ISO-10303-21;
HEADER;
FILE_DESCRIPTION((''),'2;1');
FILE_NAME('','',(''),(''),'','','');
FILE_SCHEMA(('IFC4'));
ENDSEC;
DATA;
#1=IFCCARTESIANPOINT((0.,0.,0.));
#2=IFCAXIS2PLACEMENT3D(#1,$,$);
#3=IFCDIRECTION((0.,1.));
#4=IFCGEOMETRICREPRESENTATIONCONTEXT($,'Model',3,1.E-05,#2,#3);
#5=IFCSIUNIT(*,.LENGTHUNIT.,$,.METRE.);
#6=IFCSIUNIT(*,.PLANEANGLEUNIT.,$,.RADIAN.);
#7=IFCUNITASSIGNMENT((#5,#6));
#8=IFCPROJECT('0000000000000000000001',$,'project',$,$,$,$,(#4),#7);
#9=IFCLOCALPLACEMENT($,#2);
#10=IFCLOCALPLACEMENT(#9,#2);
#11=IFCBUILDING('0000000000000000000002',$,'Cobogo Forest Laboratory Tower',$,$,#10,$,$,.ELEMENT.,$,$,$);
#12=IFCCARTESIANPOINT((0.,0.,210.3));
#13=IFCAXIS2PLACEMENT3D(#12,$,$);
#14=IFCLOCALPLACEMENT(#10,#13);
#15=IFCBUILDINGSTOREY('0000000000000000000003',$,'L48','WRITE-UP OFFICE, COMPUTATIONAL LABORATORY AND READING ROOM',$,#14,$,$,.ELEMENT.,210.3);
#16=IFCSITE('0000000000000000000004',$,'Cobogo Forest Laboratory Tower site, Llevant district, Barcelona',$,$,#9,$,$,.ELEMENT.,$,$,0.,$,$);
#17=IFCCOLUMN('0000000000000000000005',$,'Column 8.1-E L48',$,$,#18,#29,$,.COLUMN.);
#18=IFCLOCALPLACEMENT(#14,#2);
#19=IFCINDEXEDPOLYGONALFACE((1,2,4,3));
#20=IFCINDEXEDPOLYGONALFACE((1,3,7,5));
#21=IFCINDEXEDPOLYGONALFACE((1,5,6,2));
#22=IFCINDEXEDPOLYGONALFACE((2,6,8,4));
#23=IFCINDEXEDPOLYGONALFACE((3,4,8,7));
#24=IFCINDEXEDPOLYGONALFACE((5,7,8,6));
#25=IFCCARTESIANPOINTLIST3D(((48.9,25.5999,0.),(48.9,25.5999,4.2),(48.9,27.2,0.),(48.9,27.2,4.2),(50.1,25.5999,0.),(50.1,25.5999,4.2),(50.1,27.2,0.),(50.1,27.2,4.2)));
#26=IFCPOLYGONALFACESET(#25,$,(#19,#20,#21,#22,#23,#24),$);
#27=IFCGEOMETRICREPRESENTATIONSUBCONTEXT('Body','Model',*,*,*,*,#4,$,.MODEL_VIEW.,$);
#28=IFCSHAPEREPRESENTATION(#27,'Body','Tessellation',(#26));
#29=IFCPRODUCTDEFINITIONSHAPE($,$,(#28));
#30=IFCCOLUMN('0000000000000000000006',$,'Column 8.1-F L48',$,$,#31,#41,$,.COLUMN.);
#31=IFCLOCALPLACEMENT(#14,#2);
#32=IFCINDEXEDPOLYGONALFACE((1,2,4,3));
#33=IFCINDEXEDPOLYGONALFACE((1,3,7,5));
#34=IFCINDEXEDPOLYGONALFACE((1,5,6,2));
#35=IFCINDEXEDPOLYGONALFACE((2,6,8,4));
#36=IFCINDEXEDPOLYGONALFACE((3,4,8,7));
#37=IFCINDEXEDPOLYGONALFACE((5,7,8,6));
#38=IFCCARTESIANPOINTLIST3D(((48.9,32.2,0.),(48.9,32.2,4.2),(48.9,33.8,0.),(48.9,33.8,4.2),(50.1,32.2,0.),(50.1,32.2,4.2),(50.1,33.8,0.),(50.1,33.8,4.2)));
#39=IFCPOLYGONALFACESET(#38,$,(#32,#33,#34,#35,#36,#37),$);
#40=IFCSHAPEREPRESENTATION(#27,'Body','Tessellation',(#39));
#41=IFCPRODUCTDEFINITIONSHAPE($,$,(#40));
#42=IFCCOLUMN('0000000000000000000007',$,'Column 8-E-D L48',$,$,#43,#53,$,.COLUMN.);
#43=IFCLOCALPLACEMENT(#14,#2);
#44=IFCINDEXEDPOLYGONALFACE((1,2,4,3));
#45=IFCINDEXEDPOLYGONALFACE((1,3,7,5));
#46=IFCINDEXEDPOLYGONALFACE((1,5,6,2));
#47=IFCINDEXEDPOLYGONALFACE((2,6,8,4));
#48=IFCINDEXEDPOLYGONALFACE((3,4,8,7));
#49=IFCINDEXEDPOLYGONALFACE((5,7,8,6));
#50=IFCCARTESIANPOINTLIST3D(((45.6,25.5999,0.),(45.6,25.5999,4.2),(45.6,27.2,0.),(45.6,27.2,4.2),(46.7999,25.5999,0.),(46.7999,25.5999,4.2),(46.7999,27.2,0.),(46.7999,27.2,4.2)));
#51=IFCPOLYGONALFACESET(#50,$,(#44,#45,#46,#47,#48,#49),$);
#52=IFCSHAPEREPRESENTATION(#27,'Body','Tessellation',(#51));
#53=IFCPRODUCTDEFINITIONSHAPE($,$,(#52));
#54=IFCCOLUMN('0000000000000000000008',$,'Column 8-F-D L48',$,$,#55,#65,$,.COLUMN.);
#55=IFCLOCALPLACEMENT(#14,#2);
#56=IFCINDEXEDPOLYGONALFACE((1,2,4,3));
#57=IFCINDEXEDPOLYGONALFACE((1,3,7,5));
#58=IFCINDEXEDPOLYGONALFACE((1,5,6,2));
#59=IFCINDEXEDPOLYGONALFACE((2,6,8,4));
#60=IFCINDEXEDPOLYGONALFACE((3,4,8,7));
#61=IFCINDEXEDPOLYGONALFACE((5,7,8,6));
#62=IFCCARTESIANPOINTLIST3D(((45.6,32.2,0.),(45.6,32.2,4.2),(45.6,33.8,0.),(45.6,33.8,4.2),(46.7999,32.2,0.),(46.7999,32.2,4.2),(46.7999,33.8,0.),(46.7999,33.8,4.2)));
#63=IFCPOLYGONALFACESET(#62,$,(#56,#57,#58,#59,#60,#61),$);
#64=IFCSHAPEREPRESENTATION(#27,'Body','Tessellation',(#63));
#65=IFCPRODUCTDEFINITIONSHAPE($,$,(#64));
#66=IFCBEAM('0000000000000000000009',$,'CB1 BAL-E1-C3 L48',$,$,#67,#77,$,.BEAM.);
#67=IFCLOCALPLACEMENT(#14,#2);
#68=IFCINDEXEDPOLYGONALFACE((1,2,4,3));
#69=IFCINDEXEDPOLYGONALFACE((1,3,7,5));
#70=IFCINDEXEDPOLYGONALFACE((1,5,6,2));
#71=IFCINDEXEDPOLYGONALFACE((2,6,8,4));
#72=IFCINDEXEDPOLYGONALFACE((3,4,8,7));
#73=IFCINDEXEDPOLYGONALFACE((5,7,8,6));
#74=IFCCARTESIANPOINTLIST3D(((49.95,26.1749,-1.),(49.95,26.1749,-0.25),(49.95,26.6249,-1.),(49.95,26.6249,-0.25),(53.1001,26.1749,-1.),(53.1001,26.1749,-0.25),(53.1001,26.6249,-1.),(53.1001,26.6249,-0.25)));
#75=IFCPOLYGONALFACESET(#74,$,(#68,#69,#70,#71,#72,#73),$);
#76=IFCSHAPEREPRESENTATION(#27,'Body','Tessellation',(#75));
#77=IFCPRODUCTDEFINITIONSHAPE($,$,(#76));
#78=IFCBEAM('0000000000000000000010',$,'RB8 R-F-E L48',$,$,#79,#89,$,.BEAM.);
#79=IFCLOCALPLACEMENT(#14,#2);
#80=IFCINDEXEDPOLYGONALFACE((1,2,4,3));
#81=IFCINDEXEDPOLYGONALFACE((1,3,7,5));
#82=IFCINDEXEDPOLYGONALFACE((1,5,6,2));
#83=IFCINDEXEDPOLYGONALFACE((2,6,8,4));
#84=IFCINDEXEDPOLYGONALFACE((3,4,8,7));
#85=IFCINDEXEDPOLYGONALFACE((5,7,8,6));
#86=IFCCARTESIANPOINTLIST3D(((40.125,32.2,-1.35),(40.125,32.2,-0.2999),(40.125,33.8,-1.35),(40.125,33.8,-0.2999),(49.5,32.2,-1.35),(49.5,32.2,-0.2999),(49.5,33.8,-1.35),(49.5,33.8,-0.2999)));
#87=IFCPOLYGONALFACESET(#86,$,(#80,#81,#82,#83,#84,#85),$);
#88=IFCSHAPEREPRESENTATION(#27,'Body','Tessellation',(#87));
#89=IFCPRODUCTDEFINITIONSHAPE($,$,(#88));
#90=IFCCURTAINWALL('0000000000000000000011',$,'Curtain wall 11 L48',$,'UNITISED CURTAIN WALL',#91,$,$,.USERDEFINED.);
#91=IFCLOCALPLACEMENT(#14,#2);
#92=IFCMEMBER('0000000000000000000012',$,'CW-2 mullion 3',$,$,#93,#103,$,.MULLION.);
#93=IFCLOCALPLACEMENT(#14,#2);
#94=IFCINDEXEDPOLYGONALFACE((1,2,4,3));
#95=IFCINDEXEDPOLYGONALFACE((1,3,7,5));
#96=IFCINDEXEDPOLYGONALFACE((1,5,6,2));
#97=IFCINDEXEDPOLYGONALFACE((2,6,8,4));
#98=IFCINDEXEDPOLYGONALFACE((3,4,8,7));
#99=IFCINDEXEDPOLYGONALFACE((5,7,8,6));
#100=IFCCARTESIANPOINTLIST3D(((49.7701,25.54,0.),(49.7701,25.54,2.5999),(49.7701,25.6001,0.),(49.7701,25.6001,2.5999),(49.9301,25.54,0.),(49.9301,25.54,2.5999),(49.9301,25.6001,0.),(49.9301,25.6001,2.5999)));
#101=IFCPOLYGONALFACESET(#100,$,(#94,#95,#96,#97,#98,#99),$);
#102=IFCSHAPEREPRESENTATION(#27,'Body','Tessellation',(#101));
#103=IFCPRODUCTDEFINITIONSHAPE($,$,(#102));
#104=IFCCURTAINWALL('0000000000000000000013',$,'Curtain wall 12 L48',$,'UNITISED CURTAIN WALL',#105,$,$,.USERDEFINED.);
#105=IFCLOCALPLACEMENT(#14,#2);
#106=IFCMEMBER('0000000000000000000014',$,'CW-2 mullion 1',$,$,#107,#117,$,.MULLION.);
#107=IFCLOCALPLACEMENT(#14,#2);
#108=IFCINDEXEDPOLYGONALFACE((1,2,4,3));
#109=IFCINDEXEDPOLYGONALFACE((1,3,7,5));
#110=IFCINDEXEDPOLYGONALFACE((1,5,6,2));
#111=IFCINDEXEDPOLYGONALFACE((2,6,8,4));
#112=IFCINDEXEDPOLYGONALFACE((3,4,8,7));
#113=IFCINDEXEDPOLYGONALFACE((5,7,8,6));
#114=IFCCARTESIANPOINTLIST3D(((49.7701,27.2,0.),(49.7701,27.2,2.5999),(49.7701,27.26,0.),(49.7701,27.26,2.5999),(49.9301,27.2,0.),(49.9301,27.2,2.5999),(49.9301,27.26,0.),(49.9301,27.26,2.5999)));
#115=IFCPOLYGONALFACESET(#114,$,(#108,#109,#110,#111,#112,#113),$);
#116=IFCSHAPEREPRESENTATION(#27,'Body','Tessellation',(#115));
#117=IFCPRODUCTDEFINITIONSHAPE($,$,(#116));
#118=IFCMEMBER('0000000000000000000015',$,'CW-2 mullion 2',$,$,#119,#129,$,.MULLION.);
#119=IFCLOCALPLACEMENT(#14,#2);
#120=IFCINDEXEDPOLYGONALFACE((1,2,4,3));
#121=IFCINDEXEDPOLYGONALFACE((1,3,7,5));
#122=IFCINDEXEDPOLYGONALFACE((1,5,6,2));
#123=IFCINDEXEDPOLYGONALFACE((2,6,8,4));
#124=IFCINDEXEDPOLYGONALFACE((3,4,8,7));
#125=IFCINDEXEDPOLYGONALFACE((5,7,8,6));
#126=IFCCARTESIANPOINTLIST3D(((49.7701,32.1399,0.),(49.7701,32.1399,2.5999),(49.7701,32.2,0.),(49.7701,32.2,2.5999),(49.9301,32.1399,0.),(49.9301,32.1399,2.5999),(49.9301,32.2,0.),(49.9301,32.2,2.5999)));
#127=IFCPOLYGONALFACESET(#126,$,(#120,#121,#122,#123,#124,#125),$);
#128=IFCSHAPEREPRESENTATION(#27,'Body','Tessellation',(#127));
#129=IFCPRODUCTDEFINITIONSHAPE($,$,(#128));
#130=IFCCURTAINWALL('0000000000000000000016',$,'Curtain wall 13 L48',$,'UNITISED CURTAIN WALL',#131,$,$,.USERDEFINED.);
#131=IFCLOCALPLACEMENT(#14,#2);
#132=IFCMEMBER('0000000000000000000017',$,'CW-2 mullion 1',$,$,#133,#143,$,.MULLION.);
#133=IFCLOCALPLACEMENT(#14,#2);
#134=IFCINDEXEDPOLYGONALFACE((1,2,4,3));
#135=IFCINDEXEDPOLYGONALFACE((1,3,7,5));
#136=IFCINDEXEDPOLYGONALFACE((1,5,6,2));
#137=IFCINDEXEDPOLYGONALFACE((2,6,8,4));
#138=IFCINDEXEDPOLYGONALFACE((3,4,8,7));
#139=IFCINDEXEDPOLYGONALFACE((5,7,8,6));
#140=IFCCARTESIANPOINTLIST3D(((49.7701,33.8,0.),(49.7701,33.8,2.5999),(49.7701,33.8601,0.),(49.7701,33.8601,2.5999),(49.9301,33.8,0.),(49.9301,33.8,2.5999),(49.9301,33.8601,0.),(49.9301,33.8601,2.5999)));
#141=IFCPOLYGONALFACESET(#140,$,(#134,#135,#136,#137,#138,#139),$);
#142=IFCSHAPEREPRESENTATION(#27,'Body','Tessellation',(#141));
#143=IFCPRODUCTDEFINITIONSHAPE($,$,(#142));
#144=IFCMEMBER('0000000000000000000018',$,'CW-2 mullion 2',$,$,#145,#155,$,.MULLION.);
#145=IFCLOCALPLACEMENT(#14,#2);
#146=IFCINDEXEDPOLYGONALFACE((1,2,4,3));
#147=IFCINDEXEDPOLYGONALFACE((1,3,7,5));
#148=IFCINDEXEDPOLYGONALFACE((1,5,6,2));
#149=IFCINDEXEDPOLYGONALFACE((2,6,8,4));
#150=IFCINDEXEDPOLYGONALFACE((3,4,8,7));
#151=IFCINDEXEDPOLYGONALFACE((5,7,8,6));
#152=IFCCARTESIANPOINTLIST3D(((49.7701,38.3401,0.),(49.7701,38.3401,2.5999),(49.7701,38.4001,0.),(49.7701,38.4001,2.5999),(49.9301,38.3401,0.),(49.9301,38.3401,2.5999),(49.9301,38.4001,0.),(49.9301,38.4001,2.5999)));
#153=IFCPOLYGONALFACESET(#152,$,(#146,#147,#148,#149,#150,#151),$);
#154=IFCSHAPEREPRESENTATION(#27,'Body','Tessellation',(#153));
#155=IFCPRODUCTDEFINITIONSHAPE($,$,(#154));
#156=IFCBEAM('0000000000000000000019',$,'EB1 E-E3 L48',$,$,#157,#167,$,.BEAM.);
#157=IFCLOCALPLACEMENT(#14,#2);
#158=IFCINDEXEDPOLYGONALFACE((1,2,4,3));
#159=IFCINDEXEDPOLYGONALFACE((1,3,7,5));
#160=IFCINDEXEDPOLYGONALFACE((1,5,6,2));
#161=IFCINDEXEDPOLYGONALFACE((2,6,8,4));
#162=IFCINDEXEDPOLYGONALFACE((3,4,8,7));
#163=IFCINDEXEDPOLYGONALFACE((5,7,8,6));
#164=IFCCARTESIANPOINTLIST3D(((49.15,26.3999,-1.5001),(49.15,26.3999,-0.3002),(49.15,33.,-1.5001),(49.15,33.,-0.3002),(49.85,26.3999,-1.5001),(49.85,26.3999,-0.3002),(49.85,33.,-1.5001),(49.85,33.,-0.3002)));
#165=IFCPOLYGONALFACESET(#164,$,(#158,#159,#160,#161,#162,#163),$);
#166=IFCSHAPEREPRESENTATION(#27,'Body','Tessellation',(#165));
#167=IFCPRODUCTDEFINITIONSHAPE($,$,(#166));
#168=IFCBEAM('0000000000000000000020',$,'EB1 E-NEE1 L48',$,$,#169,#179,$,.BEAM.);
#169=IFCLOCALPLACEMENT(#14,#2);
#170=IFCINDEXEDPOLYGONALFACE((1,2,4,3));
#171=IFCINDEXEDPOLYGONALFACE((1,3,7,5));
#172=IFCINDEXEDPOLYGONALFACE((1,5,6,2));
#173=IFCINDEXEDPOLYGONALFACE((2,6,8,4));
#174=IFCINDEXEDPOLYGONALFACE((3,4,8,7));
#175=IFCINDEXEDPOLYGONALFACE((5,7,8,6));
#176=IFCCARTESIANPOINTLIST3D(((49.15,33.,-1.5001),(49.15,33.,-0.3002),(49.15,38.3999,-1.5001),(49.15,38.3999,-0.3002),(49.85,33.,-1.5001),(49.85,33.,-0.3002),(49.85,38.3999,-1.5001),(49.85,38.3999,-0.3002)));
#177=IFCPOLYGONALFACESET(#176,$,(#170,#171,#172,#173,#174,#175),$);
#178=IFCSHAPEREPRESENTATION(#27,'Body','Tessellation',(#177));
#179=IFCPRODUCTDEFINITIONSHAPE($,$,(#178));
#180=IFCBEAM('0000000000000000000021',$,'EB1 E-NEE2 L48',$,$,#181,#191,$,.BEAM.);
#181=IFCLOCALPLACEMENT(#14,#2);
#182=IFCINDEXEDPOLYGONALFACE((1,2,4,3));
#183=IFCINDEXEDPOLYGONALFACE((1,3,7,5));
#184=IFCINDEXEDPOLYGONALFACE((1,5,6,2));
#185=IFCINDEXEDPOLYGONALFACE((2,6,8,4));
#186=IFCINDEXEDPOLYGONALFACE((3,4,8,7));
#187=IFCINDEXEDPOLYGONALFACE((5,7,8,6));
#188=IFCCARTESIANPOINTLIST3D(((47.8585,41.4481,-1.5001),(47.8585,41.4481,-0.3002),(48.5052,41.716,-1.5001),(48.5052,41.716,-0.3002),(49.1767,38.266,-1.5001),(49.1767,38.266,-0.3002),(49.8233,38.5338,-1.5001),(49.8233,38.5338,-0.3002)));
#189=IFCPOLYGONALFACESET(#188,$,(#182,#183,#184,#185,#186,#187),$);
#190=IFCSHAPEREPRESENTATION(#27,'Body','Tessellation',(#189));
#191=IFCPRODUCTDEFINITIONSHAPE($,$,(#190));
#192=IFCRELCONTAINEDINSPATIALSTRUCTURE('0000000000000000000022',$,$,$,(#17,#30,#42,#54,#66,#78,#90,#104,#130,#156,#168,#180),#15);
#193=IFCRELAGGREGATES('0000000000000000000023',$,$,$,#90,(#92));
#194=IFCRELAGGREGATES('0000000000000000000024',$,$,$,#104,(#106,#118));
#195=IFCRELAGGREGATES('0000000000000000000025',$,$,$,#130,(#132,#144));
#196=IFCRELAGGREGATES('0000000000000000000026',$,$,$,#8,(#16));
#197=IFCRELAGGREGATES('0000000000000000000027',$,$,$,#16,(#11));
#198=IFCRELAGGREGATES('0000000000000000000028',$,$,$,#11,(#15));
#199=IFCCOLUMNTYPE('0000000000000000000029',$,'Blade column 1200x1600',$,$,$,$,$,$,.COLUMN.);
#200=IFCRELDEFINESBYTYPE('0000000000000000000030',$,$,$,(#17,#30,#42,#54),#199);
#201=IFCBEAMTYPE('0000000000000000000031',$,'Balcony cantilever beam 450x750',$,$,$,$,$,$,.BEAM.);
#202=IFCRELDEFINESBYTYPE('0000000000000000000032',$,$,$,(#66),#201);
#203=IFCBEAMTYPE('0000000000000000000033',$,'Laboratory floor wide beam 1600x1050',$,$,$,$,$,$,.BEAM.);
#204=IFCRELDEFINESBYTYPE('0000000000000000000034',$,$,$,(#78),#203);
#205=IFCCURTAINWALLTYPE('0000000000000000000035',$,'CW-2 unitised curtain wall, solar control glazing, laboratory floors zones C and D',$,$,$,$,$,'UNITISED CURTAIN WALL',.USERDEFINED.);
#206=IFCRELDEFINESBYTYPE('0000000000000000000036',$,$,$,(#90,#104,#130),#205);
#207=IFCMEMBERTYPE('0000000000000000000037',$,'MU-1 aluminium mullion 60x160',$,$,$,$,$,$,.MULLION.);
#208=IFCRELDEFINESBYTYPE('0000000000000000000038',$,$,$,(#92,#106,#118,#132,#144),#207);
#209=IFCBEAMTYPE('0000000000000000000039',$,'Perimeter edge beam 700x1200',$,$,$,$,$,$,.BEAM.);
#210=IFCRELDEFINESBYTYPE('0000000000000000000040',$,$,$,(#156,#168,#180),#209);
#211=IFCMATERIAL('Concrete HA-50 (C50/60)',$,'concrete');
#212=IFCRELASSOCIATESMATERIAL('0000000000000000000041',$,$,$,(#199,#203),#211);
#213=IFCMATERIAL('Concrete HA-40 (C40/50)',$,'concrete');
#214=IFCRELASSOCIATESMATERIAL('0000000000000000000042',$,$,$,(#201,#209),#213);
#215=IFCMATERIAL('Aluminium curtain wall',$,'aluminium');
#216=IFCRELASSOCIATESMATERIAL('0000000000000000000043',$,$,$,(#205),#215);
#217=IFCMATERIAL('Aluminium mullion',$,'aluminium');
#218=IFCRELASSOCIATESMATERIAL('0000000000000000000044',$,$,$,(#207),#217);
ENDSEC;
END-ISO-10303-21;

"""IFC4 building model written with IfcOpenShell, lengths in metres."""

from ifc_helpers import new_model, si_unit, direction, frame, origin, origin_2d, place, context, subcontext, project, spatial, rectangle, extrude, material, material_profile, profile_set, type_object, element, aggregate, save


model = new_model("IFC4")

# Units and contexts
model_context = context("Model", 3, precision=1e-05, world=origin(), true_north=direction((0.0, 1.0)))
body_context = subcontext(model_context, "Body", "Model", "MODEL_VIEW")
ifc_project = project(units=[si_unit("LENGTHUNIT", "METRE"), si_unit("PLANEANGLEUNIT", "RADIAN")], contexts=[model_context])

# Site, building, storey
site_placement = place(None, origin())
site = spatial("IfcSite", under=ifc_project, at=site_placement, Name="Cobogo Forest Laboratory Tower site, Llevant district, Barcelona", CompositionType="ELEMENT", RefElevation=0.0)
building_placement = place(site_placement, origin())
building = spatial("IfcBuilding", under=site, at=building_placement, Name="Cobogo Forest Laboratory Tower", CompositionType="ELEMENT")
storey_placement = place(building_placement, frame((0.0, 0.0, 210.3)))
storey = spatial("IfcBuildingStorey", under=building, at=storey_placement, Name="L48", Description="WRITE-UP OFFICE, COMPUTATIONAL LABORATORY AND READING ROOM", CompositionType="ELEMENT", Elevation=210.3)

# Columns
ifc_material_1 = material(Name="Concrete HA-50 (C50/60)", Category="concrete")
ifc_material_profile_1 = material_profile(ifc_material_1, rectangle(XDim=1.6001, YDim=1.2, at=origin_2d()), Name="RC 1200x1600")
ifc_profile_set_1 = profile_set([ifc_material_profile_1], Name="Concrete HA-50 (C50/60)")
column_type = type_object("IfcColumnType", Name="Blade column 1200x1600", PredefinedType="COLUMN", material=ifc_profile_set_1)
for number, where, z_axis, x_axis, name in (
    (1, (49.5, 26.3999, 0.0), (0.0, 0.0, 1.0), (0.0, 1.0, 0.0), "Column 8.1-E L48"),
    (2, (49.5, 33.0, 0.0), (0.0, 0.0, 1.0), (0.0, 1.0, 0.0), "Column 8.1-F L48"),
    (3, (46.2, 26.3999, 0.0), (0.0, 0.0, 1.0), (0.0, 1.0, 0.0), "Column 8-E-D L48"),
    (4, (46.2, 33.0, 0.0), (0.0, 0.0, 1.0), (0.0, 1.0, 0.0), "Column 8-F-D L48"),
):
    element("IfcColumn", number, at=place(storey_placement, frame(where, z_axis=z_axis, x_axis=x_axis)), inside=storey, type_object=column_type, Name=name, PredefinedType="COLUMN", context=body_context, shape_type="SweptSolid", body=[
        extrude(rectangle(XDim=1.6001, YDim=1.2, at=origin_2d()), origin(), (0.0, 0.0, 1.0), 4.2),
    ])

# Beams
ifc_material_2 = material(Name="Concrete HA-40 (C40/50)", Category="concrete")
ifc_material_profile_2 = material_profile(ifc_material_2, rectangle(XDim=0.45, YDim=0.75, at=origin_2d()), Name="RC 450x750")
ifc_profile_set_2 = profile_set([ifc_material_profile_2], Name="Concrete HA-40 (C40/50)")
beam_type_1 = type_object("IfcBeamType", Name="Balcony cantilever beam 450x750", PredefinedType="BEAM", material=ifc_profile_set_2)
beam_1_placement = place(storey_placement, frame((49.95, 26.3999, -0.625), z_axis=(1.0, 0.0, 0.0), x_axis=(0.0, 1.0, 0.0)))
element("IfcBeam", 5, at=beam_1_placement, inside=storey, type_object=beam_type_1, Name="CB1 BAL-E1-C3 L48", PredefinedType="BEAM", context=body_context, shape_type="SweptSolid", body=[
    extrude(rectangle(XDim=0.45, YDim=0.75, at=origin_2d()), origin(), (0.0, 0.0, 1.0), 3.1501),
])
ifc_material_profile_3 = material_profile(ifc_material_1, rectangle(XDim=1.6001, YDim=1.05, at=origin_2d()), Name="RC 1600x1050")
ifc_profile_set_3 = profile_set([ifc_material_profile_3], Name="Concrete HA-50 (C50/60)")
beam_type_2 = type_object("IfcBeamType", Name="Laboratory floor wide beam 1600x1050", PredefinedType="BEAM", material=ifc_profile_set_3)
beam_2_placement = place(storey_placement, frame((40.125, 33.0, -0.825), z_axis=(1.0, 0.0, 0.0), x_axis=(0.0, 1.0, 0.0)))
element("IfcBeam", 6, at=beam_2_placement, inside=storey, type_object=beam_type_2, Name="RB8 R-F-E L48", PredefinedType="BEAM", context=body_context, shape_type="SweptSolid", body=[
    extrude(rectangle(XDim=1.6001, YDim=1.05, at=origin_2d()), origin(), (0.0, 0.0, 1.0), 9.375),
])

# Curtain wall, member
ifc_material_3 = material(Name="Aluminium curtain wall", Category="aluminium")
curtain_wall_type = type_object("IfcCurtainWallType", Name="CW-2 unitised curtain wall, solar control glazing, laboratory floors zones C and D", ElementType="UNITISED CURTAIN WALL", PredefinedType="USERDEFINED", material=ifc_material_3)
curtain_wall_1_placement = place(storey_placement, origin())
curtain_wall_1 = element("IfcCurtainWall", 7, at=curtain_wall_1_placement, inside=storey, type_object=curtain_wall_type, Name="Curtain wall 11 L48", ObjectType="UNITISED CURTAIN WALL", PredefinedType="USERDEFINED")
ifc_material_4 = material(Name="Aluminium mullion", Category="aluminium")
ifc_material_profile_4 = material_profile(ifc_material_4, rectangle(XDim=0.0601, YDim=0.1599, at=origin_2d()), Name="AL 60x160")
ifc_profile_set_4 = profile_set([ifc_material_profile_4], Name="Aluminium mullion")
member_type_1 = type_object("IfcMemberType", Name="MU-1 aluminium mullion 60x160", PredefinedType="MULLION", material=ifc_profile_set_4)
member_1_placement = place(storey_placement, frame((49.8501, 25.5701, 0.0), z_axis=(0.0, 0.0, 1.0), x_axis=(0.0, 1.0, 0.0)))
member_1 = element("IfcMember", 8, at=member_1_placement, type_object=member_type_1, Name="CW-2 mullion 3", PredefinedType="MULLION", context=body_context, shape_type="SweptSolid", body=[
    extrude(rectangle(XDim=0.0601, YDim=0.1599, at=origin_2d()), origin(), (0.0, 0.0, 1.0), 2.5999),
])

# Curtain walls, members
curtain_wall_2_placement = place(storey_placement, origin())
curtain_wall_2 = element("IfcCurtainWall", 9, at=curtain_wall_2_placement, inside=storey, type_object=curtain_wall_type, Name="Curtain wall 12 L48", ObjectType="UNITISED CURTAIN WALL", PredefinedType="USERDEFINED")
member_2_placement = place(storey_placement, frame((49.8501, 27.23, 0.0), z_axis=(0.0, 0.0, 1.0), x_axis=(0.0, 1.0, 0.0)))
member_2 = element("IfcMember", 10, at=member_2_placement, type_object=member_type_1, Name="CW-2 mullion 1", PredefinedType="MULLION", context=body_context, shape_type="SweptSolid", body=[
    extrude(rectangle(XDim=0.0601, YDim=0.1599, at=origin_2d()), origin(), (0.0, 0.0, 1.0), 2.5999),
])
member_3_placement = place(storey_placement, frame((49.8501, 32.1699, 0.0), z_axis=(0.0, 0.0, 1.0), x_axis=(0.0, 1.0, 0.0)))
member_3 = element("IfcMember", 11, at=member_3_placement, type_object=member_type_1, Name="CW-2 mullion 2", PredefinedType="MULLION", context=body_context, shape_type="SweptSolid", body=[
    extrude(rectangle(XDim=0.0601, YDim=0.1599, at=origin_2d()), origin(), (0.0, 0.0, 1.0), 2.5999),
])
curtain_wall_3_placement = place(storey_placement, origin())
curtain_wall_3 = element("IfcCurtainWall", 12, at=curtain_wall_3_placement, inside=storey, type_object=curtain_wall_type, Name="Curtain wall 13 L48", ObjectType="UNITISED CURTAIN WALL", PredefinedType="USERDEFINED")
member_4_placement = place(storey_placement, frame((49.8501, 33.8301, 0.0), z_axis=(0.0, 0.0, 1.0), x_axis=(0.0, 1.0, 0.0)))
member_4 = element("IfcMember", 13, at=member_4_placement, type_object=member_type_1, Name="CW-2 mullion 1", PredefinedType="MULLION", context=body_context, shape_type="SweptSolid", body=[
    extrude(rectangle(XDim=0.0601, YDim=0.1599, at=origin_2d()), origin(), (0.0, 0.0, 1.0), 2.5999),
])
member_5_placement = place(storey_placement, frame((49.8501, 38.3701, 0.0), z_axis=(0.0, 0.0, 1.0), x_axis=(0.0, 1.0, 0.0)))
member_5 = element("IfcMember", 14, at=member_5_placement, type_object=member_type_1, Name="CW-2 mullion 2", PredefinedType="MULLION", context=body_context, shape_type="SweptSolid", body=[
    extrude(rectangle(XDim=0.0601, YDim=0.1599, at=origin_2d()), origin(), (0.0, 0.0, 1.0), 2.5999),
])

# Beams
ifc_material_profile_5 = material_profile(ifc_material_2, rectangle(XDim=0.7, YDim=1.2, at=origin_2d()), Name="RC 700x1200")
ifc_profile_set_5 = profile_set([ifc_material_profile_5], Name="Concrete HA-40 (C40/50)")
beam_type_3 = type_object("IfcBeamType", Name="Perimeter edge beam 700x1200", PredefinedType="BEAM", material=ifc_profile_set_5)
beam_3_placement = place(storey_placement, frame((49.5, 26.3999, -0.9001), z_axis=(0.0, 1.0, 0.0), x_axis=(-1.0, 0.0, 0.0)))
element("IfcBeam", 15, at=beam_3_placement, inside=storey, type_object=beam_type_3, Name="EB1 E-E3 L48", PredefinedType="BEAM", context=body_context, shape_type="SweptSolid", body=[
    extrude(rectangle(XDim=0.7, YDim=1.2, at=origin_2d()), origin(), (0.0, 0.0, 1.0), 6.6001),
])
beam_4_placement = place(storey_placement, frame((49.5, 33.0, -0.9001), z_axis=(0.0, 1.0, 0.0), x_axis=(-1.0, 0.0, 0.0)))
element("IfcBeam", 16, at=beam_4_placement, inside=storey, type_object=beam_type_3, Name="EB1 E-NEE1 L48", PredefinedType="BEAM", context=body_context, shape_type="SweptSolid", body=[
    extrude(rectangle(XDim=0.7, YDim=1.2, at=origin_2d()), origin(), (0.0, 0.0, 1.0), 5.3999),
])
beam_5_placement = place(storey_placement, frame((49.5, 38.3999, -0.9001), z_axis=(-0.382692, 0.923876, 0.0), x_axis=(-0.923876, -0.382692, 0.0)))
element("IfcBeam", 17, at=beam_5_placement, inside=storey, type_object=beam_type_3, Name="EB1 E-NEE2 L48", PredefinedType="BEAM", context=body_context, shape_type="SweptSolid", body=[
    extrude(rectangle(XDim=0.7, YDim=1.2, at=origin_2d()), origin(), (0.0, 0.0, 1.0), 3.4443),
])

aggregate(curtain_wall_1, [member_1])
aggregate(curtain_wall_2, [member_2, member_3])
aggregate(curtain_wall_3, [member_4, member_5])

save(model, "model.ifc")
